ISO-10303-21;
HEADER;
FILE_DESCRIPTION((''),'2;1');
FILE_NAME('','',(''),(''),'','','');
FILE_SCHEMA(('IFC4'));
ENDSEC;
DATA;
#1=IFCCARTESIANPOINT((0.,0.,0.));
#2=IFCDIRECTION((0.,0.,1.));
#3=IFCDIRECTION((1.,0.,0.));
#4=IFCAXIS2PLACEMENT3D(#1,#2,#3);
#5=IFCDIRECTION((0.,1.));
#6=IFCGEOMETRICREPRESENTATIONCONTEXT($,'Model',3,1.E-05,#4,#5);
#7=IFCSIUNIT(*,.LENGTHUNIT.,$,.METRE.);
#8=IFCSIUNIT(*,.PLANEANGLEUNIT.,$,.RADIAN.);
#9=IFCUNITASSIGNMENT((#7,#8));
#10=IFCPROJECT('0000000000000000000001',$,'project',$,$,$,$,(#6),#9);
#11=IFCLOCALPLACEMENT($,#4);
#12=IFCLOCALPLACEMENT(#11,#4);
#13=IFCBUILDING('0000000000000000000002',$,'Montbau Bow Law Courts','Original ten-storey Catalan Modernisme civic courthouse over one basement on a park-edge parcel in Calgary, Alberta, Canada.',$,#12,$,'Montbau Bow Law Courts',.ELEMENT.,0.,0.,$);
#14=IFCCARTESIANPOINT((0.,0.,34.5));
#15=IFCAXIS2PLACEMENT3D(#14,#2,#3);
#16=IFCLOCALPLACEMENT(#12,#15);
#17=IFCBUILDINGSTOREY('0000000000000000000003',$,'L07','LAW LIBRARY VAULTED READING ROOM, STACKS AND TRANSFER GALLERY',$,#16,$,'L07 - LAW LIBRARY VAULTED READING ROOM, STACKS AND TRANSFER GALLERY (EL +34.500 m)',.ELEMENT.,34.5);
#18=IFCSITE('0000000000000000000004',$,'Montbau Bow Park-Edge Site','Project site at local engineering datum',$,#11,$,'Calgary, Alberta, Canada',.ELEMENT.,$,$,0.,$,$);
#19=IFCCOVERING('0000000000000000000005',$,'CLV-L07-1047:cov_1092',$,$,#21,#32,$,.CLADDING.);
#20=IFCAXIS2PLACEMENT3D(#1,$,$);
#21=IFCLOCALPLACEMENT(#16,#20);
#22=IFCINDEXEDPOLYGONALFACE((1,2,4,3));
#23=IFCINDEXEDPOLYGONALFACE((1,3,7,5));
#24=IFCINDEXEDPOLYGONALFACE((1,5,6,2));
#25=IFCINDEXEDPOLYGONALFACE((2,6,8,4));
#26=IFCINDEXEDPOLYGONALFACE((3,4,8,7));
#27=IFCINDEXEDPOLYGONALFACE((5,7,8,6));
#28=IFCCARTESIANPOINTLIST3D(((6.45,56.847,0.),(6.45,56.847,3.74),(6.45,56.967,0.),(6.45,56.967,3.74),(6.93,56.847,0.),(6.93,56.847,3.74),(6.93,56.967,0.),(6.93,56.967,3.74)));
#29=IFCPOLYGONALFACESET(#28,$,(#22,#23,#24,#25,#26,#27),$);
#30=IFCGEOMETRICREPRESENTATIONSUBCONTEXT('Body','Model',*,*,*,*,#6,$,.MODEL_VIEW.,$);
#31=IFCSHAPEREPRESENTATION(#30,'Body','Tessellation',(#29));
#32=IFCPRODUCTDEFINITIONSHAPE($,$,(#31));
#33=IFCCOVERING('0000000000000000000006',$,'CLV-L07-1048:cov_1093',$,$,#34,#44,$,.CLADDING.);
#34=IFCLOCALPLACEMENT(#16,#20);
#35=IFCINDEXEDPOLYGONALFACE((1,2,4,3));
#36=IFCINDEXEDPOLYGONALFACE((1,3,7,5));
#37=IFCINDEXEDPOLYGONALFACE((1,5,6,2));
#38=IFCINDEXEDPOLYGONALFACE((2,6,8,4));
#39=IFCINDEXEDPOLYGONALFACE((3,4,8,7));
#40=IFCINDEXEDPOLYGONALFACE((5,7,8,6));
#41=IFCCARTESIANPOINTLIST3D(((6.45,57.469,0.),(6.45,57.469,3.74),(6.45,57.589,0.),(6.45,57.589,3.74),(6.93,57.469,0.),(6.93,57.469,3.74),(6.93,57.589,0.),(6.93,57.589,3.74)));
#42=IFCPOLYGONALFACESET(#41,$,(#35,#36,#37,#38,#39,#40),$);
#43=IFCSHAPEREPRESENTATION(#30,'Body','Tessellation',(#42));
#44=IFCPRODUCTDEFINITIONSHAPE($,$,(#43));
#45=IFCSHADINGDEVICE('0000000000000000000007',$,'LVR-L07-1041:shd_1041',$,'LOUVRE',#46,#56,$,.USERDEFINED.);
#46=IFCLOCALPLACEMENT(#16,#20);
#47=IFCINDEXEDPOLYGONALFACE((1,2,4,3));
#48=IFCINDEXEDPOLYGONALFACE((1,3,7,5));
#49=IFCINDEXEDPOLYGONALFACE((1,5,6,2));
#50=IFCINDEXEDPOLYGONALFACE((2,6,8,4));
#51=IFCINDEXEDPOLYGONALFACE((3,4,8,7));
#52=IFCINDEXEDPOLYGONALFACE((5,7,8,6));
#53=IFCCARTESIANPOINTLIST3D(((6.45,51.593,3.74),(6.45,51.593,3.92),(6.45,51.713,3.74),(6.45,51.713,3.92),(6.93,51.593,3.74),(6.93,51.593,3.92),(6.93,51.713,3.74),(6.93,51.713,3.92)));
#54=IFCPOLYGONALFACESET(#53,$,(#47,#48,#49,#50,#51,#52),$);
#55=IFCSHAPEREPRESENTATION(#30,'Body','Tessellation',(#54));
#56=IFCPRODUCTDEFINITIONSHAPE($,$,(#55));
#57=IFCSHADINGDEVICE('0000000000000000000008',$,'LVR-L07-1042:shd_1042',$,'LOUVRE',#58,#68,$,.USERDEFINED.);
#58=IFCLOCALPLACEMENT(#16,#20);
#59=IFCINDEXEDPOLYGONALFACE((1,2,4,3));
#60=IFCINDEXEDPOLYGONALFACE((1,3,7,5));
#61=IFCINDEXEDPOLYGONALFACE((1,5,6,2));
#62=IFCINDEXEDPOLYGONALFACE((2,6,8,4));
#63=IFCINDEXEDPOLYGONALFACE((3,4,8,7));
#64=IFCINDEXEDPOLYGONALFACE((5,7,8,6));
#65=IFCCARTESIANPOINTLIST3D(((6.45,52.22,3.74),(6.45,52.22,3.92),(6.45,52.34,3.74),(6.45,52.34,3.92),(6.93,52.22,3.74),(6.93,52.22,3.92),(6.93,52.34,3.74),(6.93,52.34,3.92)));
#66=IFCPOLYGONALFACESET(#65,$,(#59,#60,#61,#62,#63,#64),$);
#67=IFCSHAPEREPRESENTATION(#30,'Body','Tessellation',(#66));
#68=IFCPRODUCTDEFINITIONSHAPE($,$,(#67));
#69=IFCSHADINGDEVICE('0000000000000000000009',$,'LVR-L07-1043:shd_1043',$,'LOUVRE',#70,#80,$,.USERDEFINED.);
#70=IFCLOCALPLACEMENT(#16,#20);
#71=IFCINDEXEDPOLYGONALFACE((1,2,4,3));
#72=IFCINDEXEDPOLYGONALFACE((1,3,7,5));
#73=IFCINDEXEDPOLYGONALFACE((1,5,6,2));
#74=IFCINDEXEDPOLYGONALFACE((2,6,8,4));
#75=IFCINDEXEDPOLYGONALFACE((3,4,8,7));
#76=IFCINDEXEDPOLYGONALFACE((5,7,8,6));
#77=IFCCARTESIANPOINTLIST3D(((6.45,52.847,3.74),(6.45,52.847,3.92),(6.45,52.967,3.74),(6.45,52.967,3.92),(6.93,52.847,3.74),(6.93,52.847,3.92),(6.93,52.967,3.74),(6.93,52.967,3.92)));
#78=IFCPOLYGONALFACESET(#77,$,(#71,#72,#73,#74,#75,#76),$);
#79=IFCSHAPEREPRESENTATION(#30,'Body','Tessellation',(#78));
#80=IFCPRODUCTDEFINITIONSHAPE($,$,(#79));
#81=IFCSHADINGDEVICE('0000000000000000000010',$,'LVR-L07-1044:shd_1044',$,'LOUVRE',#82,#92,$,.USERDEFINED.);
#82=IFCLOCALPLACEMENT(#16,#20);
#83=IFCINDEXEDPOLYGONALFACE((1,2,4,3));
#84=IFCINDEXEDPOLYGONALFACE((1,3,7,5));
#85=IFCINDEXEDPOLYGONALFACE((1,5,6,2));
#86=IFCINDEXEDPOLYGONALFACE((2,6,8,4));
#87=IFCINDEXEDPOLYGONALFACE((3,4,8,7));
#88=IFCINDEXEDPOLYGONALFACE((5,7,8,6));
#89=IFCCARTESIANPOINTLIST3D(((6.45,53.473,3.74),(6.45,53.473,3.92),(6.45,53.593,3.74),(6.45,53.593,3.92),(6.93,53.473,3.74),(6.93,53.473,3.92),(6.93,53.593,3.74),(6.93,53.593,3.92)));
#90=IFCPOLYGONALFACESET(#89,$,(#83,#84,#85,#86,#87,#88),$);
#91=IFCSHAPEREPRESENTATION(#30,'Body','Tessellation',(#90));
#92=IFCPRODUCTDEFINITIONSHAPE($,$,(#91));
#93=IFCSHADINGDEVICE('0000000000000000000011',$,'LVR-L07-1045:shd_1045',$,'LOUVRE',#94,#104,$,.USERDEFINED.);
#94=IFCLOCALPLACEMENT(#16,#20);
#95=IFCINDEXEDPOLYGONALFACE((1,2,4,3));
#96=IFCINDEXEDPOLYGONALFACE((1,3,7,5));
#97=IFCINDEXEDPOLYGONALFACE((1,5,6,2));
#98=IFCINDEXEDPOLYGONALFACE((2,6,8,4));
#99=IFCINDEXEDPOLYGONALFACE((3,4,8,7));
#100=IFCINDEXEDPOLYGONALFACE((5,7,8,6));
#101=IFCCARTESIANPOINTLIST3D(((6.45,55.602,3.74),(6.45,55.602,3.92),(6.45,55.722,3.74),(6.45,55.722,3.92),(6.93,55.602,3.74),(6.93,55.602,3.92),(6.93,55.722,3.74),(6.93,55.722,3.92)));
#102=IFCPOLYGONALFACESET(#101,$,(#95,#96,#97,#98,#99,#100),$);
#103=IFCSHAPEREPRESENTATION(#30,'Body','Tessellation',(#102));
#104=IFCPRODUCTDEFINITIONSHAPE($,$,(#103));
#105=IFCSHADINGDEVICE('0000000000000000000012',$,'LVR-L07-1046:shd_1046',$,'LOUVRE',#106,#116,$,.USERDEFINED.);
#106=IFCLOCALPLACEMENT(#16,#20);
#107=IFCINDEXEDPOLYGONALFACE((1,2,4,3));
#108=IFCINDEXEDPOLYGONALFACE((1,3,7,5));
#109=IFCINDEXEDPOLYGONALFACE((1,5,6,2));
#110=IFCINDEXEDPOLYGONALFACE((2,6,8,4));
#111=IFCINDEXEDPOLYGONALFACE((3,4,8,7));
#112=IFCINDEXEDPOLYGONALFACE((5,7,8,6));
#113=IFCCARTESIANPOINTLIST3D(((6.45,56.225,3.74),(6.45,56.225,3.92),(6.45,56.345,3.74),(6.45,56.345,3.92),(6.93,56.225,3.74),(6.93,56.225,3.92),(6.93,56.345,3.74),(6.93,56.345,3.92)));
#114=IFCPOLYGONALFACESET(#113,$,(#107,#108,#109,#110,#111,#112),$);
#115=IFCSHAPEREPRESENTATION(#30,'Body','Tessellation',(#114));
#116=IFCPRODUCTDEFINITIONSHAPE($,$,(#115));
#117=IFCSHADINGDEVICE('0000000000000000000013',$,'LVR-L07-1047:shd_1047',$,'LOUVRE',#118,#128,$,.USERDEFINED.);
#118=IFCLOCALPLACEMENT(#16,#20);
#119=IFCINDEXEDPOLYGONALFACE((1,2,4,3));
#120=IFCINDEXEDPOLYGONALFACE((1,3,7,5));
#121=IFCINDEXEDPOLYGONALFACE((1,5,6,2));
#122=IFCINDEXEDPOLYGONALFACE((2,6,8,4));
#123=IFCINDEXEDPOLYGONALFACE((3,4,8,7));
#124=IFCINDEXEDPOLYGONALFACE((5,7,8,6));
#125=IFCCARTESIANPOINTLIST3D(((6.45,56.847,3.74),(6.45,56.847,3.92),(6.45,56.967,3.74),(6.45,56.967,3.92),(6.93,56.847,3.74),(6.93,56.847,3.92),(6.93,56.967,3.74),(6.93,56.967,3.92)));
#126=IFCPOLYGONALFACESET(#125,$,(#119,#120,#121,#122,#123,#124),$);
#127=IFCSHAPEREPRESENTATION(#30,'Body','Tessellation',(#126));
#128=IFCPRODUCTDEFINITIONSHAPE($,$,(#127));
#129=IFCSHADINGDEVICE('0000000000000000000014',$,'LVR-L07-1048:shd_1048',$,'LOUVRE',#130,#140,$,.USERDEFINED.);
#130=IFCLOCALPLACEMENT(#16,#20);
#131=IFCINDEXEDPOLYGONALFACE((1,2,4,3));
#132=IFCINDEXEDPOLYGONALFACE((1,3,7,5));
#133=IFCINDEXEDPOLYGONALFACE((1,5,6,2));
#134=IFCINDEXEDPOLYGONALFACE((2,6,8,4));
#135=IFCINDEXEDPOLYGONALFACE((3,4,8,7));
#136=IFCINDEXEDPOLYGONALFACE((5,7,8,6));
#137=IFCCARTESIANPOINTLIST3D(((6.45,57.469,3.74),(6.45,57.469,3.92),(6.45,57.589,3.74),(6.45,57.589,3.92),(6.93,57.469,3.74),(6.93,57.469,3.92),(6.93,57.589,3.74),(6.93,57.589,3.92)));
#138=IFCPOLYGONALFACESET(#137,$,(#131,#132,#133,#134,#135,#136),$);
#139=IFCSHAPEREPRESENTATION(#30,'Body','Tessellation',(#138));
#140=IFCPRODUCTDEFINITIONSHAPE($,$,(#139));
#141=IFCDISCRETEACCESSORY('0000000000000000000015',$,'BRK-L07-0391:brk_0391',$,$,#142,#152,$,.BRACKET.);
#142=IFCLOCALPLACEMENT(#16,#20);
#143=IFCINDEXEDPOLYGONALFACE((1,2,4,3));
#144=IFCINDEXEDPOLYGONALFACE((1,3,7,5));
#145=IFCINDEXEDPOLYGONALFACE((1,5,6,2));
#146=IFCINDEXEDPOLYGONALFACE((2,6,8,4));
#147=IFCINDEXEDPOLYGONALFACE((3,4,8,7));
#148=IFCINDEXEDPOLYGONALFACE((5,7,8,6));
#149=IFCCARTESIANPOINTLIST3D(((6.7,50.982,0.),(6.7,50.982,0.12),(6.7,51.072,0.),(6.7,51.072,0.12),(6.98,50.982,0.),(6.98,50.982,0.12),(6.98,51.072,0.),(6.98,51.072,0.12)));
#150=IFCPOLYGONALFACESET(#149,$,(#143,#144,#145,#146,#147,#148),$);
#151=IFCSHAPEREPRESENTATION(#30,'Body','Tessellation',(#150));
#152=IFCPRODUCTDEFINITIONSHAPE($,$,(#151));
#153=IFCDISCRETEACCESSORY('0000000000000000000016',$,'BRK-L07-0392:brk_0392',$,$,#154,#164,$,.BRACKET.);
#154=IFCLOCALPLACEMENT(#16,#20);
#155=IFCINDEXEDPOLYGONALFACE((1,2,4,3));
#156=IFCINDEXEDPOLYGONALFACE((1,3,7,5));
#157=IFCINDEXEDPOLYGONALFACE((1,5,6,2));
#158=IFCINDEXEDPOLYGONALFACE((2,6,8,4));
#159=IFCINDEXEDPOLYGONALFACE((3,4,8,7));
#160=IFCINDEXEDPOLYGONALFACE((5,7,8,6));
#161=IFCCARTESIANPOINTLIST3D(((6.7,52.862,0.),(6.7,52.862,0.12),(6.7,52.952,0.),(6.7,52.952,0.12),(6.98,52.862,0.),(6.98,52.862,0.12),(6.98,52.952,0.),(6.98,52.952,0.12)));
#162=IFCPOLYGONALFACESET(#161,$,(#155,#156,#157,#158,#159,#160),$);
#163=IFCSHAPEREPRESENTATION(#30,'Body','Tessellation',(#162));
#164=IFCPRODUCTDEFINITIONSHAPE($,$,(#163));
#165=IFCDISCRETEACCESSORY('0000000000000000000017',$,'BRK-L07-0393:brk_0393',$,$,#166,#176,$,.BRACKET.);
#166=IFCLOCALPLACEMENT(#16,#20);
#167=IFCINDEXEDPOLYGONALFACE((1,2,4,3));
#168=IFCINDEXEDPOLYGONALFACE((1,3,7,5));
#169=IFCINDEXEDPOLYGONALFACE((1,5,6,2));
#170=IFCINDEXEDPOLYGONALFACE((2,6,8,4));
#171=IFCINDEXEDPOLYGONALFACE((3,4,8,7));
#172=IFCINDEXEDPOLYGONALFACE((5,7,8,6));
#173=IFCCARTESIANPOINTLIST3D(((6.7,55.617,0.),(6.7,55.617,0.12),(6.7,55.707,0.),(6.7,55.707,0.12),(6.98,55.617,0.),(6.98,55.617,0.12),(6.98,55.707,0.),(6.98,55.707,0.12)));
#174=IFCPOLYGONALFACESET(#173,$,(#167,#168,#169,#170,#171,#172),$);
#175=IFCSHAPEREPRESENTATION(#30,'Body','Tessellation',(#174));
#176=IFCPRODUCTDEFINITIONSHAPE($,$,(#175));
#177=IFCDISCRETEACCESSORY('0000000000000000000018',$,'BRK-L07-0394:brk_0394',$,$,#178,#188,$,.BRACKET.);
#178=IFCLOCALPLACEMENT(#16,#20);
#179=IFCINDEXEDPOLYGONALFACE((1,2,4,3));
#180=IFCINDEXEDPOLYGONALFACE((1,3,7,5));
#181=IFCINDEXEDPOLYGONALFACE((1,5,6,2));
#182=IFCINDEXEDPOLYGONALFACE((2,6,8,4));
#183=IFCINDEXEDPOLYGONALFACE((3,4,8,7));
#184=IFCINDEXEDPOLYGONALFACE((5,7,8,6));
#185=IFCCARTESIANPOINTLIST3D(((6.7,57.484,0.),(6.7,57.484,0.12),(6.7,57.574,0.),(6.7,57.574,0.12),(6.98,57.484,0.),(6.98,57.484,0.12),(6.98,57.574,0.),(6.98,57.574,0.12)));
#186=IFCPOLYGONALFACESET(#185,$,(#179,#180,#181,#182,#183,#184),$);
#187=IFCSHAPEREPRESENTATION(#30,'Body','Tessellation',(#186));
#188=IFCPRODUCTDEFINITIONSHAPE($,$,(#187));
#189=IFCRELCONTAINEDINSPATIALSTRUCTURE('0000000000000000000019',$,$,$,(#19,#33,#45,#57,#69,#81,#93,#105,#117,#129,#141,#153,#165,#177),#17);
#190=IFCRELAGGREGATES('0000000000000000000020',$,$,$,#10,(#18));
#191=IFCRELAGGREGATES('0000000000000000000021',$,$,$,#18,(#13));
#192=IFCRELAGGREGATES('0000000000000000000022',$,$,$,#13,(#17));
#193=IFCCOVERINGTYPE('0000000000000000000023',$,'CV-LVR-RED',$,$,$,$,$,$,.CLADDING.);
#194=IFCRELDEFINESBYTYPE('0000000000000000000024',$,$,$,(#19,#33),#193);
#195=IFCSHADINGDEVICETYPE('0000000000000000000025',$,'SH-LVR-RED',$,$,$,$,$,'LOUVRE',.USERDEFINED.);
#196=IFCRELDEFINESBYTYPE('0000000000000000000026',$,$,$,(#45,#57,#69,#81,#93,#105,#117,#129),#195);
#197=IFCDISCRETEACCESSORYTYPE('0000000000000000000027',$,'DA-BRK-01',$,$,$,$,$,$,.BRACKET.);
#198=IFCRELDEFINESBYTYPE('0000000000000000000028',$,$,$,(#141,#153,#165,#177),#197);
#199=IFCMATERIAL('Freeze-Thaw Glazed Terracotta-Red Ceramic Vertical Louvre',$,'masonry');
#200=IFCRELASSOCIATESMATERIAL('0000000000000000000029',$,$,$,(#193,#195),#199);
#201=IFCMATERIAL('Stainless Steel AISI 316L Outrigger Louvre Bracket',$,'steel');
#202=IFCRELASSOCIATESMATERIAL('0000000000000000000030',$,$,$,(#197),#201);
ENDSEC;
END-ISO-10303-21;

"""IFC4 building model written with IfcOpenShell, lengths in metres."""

from ifc_helpers import new_model, si_unit, direction, frame, frame_2d, origin_with_axes, origin_2d_with_axis, place, context, subcontext, project, spatial, rectangle, extrude, material, type_object, element, save


model = new_model("IFC4")

# Units and contexts
model_context = context("Model", 3, precision=1e-05, world=origin_with_axes(), true_north=direction((0.0, 1.0)))
body_context = subcontext(model_context, "Body", "Model", "MODEL_VIEW")
ifc_project = project(units=[si_unit("LENGTHUNIT", "METRE"), si_unit("PLANEANGLEUNIT", "RADIAN")], contexts=[model_context])

# Site, building, storey
site_placement = place(None, origin_with_axes())
site = spatial("IfcSite", under=ifc_project, at=site_placement, Name="Montbau Bow Park-Edge Site", Description="Project site at local engineering datum", LongName="Calgary, Alberta, Canada", CompositionType="ELEMENT", RefElevation=0.0)
building_placement = place(site_placement, origin_with_axes())
building = spatial("IfcBuilding", under=site, at=building_placement, Name="Montbau Bow Law Courts", Description="Original ten-storey Catalan Modernisme civic courthouse over one basement on a park-edge parcel in Calgary, Alberta, Canada.", LongName="Montbau Bow Law Courts", CompositionType="ELEMENT", ElevationOfRefHeight=0.0, ElevationOfTerrain=0.0)
storey_placement = place(building_placement, frame((0.0, 0.0, 34.5), z_axis=(0.0, 0.0, 1.0), x_axis=(1.0, 0.0, 0.0)))
storey = spatial("IfcBuildingStorey", under=building, at=storey_placement, Name="L07", Description="LAW LIBRARY VAULTED READING ROOM, STACKS AND TRANSFER GALLERY", LongName="L07 - LAW LIBRARY VAULTED READING ROOM, STACKS AND TRANSFER GALLERY (EL +34.500 m)", CompositionType="ELEMENT", Elevation=34.5)

# Coverings
ifc_material_1 = material(Name="Freeze-Thaw Glazed Terracotta-Red Ceramic Vertical Louvre", Category="masonry")
covering_type = type_object("IfcCoveringType", Name="CV-LVR-RED", PredefinedType="CLADDING", material=ifc_material_1)
for number, where, z_axis, x_axis, name in (
    (1, (6.93, 56.907, 34.5), (0.0, 1.0, 0.0), (-1.0, 0.0, 0.0), "CLV-L07-1047:cov_1092"),
    (2, (6.93, 57.529, 34.5), (0.0, 1.0, 0.0), (-1.0, 0.0, 0.0), "CLV-L07-1048:cov_1093"),
):
    element("IfcCovering", number, at=place(None, frame(where, z_axis=z_axis, x_axis=x_axis)), inside=storey, type_object=covering_type, Name=name, PredefinedType="CLADDING", context=body_context, shape_type="SweptSolid", body=[
        extrude(rectangle(XDim=0.48, YDim=3.74, at=frame_2d((0.24, 1.87), x_axis=(1.0, 0.0))), frame((0.0, 0.0, -0.06), z_axis=(0.0, 0.0, 1.0), x_axis=(1.0, 0.0, 0.0)), (0.0, 0.0, 1.0), 0.12),
    ])

# Shading devices
shading_device_type = type_object("IfcShadingDeviceType", Name="SH-LVR-RED", ElementType="LOUVRE", PredefinedType="USERDEFINED", material=ifc_material_1)
for number, where, z_axis, x_axis, name in (
    (3, (6.69, 51.653, 38.24), (0.0, 0.0, 1.0), (-1.0, 0.0, 0.0), "LVR-L07-1041:shd_1041"),
    (4, (6.69, 52.28, 38.24), (0.0, 0.0, 1.0), (-1.0, 0.0, 0.0), "LVR-L07-1042:shd_1042"),
    (5, (6.69, 52.907, 38.24), (0.0, 0.0, 1.0), (-1.0, 0.0, 0.0), "LVR-L07-1043:shd_1043"),
    (6, (6.69, 53.533, 38.24), (0.0, 0.0, 1.0), (-1.0, 0.0, 0.0), "LVR-L07-1044:shd_1044"),
    (7, (6.69, 55.662, 38.24), (0.0, 0.0, 1.0), (-1.0, 0.0, 0.0), "LVR-L07-1045:shd_1045"),
    (8, (6.69, 56.285, 38.24), (0.0, 0.0, 1.0), (-1.0, 0.0, 0.0), "LVR-L07-1046:shd_1046"),
    (9, (6.69, 56.907, 38.24), (0.0, 0.0, 1.0), (-1.0, 0.0, 0.0), "LVR-L07-1047:shd_1047"),
    (10, (6.69, 57.529, 38.24), (0.0, 0.0, 1.0), (-1.0, 0.0, 0.0), "LVR-L07-1048:shd_1048"),
):
    element("IfcShadingDevice", number, at=place(None, frame(where, z_axis=z_axis, x_axis=x_axis)), inside=storey, type_object=shading_device_type, Name=name, ObjectType="LOUVRE", PredefinedType="USERDEFINED", context=body_context, shape_type="SweptSolid", body=[
        extrude(rectangle(XDim=0.48, YDim=0.12, at=origin_2d_with_axis()), origin_with_axes(), (0.0, 0.0, 1.0), 0.18),
    ])

# Discrete accessories
ifc_material_2 = material(Name="Stainless Steel AISI 316L Outrigger Louvre Bracket", Category="steel")
discrete_accessory_type = type_object("IfcDiscreteAccessoryType", Name="DA-BRK-01", PredefinedType="BRACKET", material=ifc_material_2)
for number, where, z_axis, x_axis, name in (
    (11, (6.84, 51.027, 34.5), (0.0, 0.0, 1.0), (-1.0, 0.0, 0.0), "BRK-L07-0391:brk_0391"),
    (12, (6.84, 52.907, 34.5), (0.0, 0.0, 1.0), (-1.0, 0.0, 0.0), "BRK-L07-0392:brk_0392"),
    (13, (6.84, 55.662, 34.5), (0.0, 0.0, 1.0), (-1.0, 0.0, 0.0), "BRK-L07-0393:brk_0393"),
    (14, (6.84, 57.529, 34.5), (0.0, 0.0, 1.0), (-1.0, 0.0, 0.0), "BRK-L07-0394:brk_0394"),
):
    element("IfcDiscreteAccessory", number, at=place(None, frame(where, z_axis=z_axis, x_axis=x_axis)), inside=storey, type_object=discrete_accessory_type, Name=name, PredefinedType="BRACKET", context=body_context, shape_type="SweptSolid", body=[
        extrude(rectangle(XDim=0.28, YDim=0.09, at=origin_2d_with_axis()), origin_with_axes(), (0.0, 0.0, 1.0), 0.12),
    ])

save(model, "model.ifc")
